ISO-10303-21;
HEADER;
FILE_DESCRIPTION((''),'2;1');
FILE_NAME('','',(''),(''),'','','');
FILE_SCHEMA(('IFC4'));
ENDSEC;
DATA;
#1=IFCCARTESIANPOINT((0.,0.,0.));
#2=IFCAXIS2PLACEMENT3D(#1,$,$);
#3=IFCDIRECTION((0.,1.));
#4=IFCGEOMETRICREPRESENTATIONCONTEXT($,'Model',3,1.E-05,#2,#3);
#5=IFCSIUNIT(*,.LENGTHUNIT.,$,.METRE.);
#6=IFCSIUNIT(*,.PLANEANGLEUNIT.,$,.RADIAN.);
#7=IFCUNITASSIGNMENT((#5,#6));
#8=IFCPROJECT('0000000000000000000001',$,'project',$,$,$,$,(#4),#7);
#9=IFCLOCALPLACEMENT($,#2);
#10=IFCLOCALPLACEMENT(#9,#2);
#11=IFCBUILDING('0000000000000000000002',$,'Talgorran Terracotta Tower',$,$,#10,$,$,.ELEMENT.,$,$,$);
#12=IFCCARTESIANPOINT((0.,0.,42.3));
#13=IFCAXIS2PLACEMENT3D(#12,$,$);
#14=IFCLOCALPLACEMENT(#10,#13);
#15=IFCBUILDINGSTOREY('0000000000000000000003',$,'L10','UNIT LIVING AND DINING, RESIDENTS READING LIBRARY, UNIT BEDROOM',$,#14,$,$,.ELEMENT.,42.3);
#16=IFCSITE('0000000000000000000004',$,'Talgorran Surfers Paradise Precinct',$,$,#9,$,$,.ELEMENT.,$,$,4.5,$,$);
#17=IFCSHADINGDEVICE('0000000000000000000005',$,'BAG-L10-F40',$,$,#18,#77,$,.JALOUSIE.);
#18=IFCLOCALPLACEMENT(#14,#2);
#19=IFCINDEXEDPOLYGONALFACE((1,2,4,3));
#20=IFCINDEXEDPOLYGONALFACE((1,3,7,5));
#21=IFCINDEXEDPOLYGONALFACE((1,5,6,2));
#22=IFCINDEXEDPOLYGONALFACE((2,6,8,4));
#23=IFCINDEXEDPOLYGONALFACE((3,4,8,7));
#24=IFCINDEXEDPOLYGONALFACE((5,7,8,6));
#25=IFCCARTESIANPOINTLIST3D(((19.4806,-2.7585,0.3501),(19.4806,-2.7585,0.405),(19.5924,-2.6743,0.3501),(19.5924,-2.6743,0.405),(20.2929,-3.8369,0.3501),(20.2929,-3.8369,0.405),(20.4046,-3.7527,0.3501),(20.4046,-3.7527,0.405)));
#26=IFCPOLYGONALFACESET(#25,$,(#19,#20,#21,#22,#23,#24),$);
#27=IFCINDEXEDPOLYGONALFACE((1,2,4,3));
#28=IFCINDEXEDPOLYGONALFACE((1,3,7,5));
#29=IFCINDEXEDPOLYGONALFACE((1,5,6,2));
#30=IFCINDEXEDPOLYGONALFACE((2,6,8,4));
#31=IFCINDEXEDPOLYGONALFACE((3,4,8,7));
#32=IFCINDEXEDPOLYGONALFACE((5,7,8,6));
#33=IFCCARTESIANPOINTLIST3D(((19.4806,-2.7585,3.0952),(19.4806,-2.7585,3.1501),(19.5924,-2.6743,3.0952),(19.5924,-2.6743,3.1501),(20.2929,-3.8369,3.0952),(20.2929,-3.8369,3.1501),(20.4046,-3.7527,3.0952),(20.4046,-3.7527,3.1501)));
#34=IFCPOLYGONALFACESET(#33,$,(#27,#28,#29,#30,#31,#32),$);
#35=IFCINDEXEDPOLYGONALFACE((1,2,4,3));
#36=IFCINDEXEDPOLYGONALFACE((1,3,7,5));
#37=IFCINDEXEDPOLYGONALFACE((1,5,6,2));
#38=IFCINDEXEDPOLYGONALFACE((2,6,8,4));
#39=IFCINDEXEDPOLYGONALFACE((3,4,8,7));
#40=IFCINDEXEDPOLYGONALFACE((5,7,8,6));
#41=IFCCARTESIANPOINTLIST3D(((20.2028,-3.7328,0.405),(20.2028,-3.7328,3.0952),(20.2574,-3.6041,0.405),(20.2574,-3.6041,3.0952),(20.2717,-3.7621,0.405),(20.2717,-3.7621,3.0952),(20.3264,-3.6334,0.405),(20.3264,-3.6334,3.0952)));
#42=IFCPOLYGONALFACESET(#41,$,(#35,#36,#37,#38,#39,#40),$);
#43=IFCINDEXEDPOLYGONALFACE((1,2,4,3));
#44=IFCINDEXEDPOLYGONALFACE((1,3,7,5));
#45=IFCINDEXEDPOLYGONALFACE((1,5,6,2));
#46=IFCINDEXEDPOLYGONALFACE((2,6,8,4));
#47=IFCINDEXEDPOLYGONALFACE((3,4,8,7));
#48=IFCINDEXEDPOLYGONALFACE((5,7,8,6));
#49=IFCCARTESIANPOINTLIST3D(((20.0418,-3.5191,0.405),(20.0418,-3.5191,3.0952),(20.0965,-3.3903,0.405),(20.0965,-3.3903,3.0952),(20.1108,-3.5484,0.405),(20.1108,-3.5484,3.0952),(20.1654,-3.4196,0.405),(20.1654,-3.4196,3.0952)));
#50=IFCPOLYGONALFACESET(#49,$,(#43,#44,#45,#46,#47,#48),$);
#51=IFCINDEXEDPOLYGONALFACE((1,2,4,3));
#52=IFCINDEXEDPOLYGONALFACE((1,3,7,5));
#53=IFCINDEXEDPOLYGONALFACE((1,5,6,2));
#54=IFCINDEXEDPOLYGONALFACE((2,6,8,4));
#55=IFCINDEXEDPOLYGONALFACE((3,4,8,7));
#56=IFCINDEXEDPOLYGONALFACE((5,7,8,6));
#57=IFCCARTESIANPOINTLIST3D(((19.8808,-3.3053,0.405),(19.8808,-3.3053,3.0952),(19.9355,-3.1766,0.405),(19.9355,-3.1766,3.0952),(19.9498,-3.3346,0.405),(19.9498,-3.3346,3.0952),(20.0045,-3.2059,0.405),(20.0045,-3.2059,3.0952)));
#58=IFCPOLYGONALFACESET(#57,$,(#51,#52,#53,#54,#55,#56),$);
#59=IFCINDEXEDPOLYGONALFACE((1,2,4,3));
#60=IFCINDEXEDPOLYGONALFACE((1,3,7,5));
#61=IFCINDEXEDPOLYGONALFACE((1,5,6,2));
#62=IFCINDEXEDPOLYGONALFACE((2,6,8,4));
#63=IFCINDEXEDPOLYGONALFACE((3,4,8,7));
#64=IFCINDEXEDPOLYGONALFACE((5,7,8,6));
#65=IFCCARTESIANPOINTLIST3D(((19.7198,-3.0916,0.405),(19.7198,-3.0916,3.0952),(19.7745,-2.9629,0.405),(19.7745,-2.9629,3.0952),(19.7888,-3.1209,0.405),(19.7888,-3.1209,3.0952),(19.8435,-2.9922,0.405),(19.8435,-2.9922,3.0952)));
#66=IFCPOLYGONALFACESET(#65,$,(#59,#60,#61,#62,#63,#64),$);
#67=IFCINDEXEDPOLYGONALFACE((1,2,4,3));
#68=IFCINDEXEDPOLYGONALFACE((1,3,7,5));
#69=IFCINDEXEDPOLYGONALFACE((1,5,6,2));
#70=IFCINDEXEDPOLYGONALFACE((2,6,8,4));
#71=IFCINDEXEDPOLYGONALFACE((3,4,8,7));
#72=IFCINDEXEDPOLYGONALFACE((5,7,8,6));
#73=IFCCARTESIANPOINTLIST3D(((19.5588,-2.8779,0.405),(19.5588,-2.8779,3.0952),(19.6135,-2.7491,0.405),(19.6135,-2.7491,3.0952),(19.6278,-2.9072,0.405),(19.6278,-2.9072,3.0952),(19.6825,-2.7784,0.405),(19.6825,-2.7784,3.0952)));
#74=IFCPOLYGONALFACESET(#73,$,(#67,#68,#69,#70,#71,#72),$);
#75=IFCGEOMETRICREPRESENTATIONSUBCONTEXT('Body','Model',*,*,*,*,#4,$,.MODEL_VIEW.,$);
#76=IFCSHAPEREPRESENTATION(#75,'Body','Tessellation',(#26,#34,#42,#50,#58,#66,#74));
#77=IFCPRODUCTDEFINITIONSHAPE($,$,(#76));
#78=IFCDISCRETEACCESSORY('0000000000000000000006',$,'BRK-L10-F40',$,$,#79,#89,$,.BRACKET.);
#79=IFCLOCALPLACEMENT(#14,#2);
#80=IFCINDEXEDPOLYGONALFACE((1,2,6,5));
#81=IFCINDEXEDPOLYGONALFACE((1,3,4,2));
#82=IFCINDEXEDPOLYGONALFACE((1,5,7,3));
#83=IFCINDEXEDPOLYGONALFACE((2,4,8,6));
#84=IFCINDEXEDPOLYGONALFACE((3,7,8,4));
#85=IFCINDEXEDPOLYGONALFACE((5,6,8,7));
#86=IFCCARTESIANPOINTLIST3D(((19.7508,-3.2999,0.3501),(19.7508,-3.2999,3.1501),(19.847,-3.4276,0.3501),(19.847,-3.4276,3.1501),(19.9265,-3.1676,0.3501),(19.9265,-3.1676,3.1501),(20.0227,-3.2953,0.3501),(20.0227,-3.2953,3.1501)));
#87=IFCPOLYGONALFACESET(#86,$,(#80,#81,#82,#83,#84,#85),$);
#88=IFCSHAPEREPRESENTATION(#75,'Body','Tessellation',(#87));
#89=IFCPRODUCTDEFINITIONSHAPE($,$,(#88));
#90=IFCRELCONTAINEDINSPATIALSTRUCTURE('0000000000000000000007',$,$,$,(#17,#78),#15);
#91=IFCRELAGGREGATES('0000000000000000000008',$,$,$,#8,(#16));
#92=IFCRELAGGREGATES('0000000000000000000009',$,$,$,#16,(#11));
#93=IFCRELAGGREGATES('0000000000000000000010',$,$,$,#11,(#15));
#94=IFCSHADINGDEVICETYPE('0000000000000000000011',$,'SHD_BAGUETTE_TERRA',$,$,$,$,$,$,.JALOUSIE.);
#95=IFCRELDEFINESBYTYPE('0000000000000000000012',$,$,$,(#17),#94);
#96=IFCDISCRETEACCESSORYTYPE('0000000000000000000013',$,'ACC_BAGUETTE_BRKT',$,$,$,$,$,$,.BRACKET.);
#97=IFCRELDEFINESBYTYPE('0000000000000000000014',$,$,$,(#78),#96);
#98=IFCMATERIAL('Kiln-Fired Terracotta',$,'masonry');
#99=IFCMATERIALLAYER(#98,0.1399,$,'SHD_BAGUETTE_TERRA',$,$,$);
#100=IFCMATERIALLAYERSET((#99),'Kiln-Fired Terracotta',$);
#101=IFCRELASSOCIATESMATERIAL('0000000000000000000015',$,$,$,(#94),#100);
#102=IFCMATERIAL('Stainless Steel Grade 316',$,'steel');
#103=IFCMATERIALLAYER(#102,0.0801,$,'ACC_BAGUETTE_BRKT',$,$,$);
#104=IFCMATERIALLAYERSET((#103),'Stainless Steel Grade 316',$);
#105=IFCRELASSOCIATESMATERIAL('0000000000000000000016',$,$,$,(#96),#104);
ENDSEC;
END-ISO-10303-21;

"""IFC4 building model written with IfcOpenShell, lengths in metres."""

from ifc_helpers import new_model, si_unit, direction, frame, origin, origin_2d, place, context, subcontext, project, spatial, rectangle, extrude, source, transform, mapped, material, layer, layer_set, type_object, type_shapes, element, save


model = new_model("IFC4")

# Units and contexts
model_context = context("Model", 3, precision=1e-05, world=origin(), true_north=direction((0.0, 1.0)))
body_context = subcontext(model_context, "Body", "Model", "MODEL_VIEW")
ifc_project = project(units=[si_unit("LENGTHUNIT", "METRE"), si_unit("PLANEANGLEUNIT", "RADIAN")], contexts=[model_context])

# Site, building, storey
site_placement = place(None, origin())
site = spatial("IfcSite", under=ifc_project, at=site_placement, Name="Talgorran Surfers Paradise Precinct", CompositionType="ELEMENT", RefElevation=4.5)
building_placement = place(site_placement, origin())
building = spatial("IfcBuilding", under=site, at=building_placement, Name="Talgorran Terracotta Tower", CompositionType="ELEMENT")
storey_placement = place(building_placement, frame((0.0, 0.0, 42.3)))
storey = spatial("IfcBuildingStorey", under=building, at=storey_placement, Name="L10", Description="UNIT LIVING AND DINING, RESIDENTS READING LIBRARY, UNIT BEDROOM", CompositionType="ELEMENT", Elevation=42.3)

# Shading device
ifc_material_1 = material(Name="Kiln-Fired Terracotta", Category="masonry")
ifc_layer_1 = layer(ifc_material_1, 0.1399, Name="SHD_BAGUETTE_TERRA")
ifc_layer_set_1 = layer_set([ifc_layer_1], Name="Kiln-Fired Terracotta")
shading_device_type = type_object("IfcShadingDeviceType", Name="SHD_BAGUETTE_TERRA", PredefinedType="JALOUSIE", material=ifc_layer_set_1)
shared_shape_1 = source(origin(), body_context, "Body", "SweptSolid", [
    extrude(rectangle(XDim=1.3501, YDim=0.1399, at=origin_2d()), origin(), (0.0, 0.0, 1.0), 0.0549),
    extrude(rectangle(XDim=1.3501, YDim=0.1399, at=origin_2d()), frame((0.0, 0.0, 2.7451)), (0.0, 0.0, 1.0), 0.0549),
    extrude(rectangle(XDim=0.075, YDim=0.1399, at=origin_2d()), frame((-0.5352, 0.0, 0.0549), z_axis=(0.0, 0.0, 1.0), x_axis=(0.866025, 0.5, 0.0)), (0.0, 0.0, 1.0), 2.6902),
    extrude(rectangle(XDim=0.075, YDim=0.1399, at=origin_2d()), frame((-0.2676, 0.0, 0.0549), z_axis=(0.0, 0.0, 1.0), x_axis=(0.866025, 0.5, 0.0)), (0.0, 0.0, 1.0), 2.6902),
    extrude(rectangle(XDim=0.075, YDim=0.1399, at=origin_2d()), frame((0.0, 0.0, 0.0549), z_axis=(0.0, 0.0, 1.0), x_axis=(0.866025, 0.5, 0.0)), (0.0, 0.0, 1.0), 2.6902),
    extrude(rectangle(XDim=0.075, YDim=0.1399, at=origin_2d()), frame((0.2676, 0.0, 0.0549), z_axis=(0.0, 0.0, 1.0), x_axis=(0.866025, 0.5, 0.0)), (0.0, 0.0, 1.0), 2.6902),
    extrude(rectangle(XDim=0.075, YDim=0.1399, at=origin_2d()), frame((0.5352, 0.0, 0.0549), z_axis=(0.0, 0.0, 1.0), x_axis=(0.866025, 0.5, 0.0)), (0.0, 0.0, 1.0), 2.6902),
])
type_shapes(shading_device_type, [shared_shape_1])
shading_device_placement = place(storey_placement, frame((19.9426, -3.2556, 0.3501), z_axis=(0.0, 0.0, 1.0), x_axis=(-0.601634, 0.798772, 0.0)))
element("IfcShadingDevice", 1, at=shading_device_placement, inside=storey, type_object=shading_device_type, Name="BAG-L10-F40", PredefinedType="JALOUSIE", context=body_context, shape_type="MappedRepresentation", body=[
    mapped(shared_shape_1, transform((0.0, 0.0, 0.0), scale=1.0)),
])

# Discrete accessory
ifc_material_2 = material(Name="Stainless Steel Grade 316", Category="steel")
ifc_layer_2 = layer(ifc_material_2, 0.0801, Name="ACC_BAGUETTE_BRKT")
ifc_layer_set_2 = layer_set([ifc_layer_2], Name="Stainless Steel Grade 316")
discrete_accessory_type = type_object("IfcDiscreteAccessoryType", Name="ACC_BAGUETTE_BRKT", PredefinedType="BRACKET", material=ifc_layer_set_2)
shared_shape_2 = source(origin(), body_context, "Body", "SweptSolid", [
    extrude(rectangle(XDim=0.1599, YDim=0.22, at=origin_2d()), origin(), (0.0, 0.0, 1.0), 2.8),
])
type_shapes(discrete_accessory_type, [shared_shape_2])
discrete_accessory_placement = place(storey_placement, frame((19.8867, -3.2976, 0.3501), z_axis=(0.0, 0.0, 1.0), x_axis=(-0.601634, 0.798772, 0.0)))
element("IfcDiscreteAccessory", 2, at=discrete_accessory_placement, inside=storey, type_object=discrete_accessory_type, Name="BRK-L10-F40", PredefinedType="BRACKET", context=body_context, shape_type="MappedRepresentation", body=[
    mapped(shared_shape_2, transform((0.0, 0.0, 0.0), scale=1.0)),
])

save(model, "model.ifc")
